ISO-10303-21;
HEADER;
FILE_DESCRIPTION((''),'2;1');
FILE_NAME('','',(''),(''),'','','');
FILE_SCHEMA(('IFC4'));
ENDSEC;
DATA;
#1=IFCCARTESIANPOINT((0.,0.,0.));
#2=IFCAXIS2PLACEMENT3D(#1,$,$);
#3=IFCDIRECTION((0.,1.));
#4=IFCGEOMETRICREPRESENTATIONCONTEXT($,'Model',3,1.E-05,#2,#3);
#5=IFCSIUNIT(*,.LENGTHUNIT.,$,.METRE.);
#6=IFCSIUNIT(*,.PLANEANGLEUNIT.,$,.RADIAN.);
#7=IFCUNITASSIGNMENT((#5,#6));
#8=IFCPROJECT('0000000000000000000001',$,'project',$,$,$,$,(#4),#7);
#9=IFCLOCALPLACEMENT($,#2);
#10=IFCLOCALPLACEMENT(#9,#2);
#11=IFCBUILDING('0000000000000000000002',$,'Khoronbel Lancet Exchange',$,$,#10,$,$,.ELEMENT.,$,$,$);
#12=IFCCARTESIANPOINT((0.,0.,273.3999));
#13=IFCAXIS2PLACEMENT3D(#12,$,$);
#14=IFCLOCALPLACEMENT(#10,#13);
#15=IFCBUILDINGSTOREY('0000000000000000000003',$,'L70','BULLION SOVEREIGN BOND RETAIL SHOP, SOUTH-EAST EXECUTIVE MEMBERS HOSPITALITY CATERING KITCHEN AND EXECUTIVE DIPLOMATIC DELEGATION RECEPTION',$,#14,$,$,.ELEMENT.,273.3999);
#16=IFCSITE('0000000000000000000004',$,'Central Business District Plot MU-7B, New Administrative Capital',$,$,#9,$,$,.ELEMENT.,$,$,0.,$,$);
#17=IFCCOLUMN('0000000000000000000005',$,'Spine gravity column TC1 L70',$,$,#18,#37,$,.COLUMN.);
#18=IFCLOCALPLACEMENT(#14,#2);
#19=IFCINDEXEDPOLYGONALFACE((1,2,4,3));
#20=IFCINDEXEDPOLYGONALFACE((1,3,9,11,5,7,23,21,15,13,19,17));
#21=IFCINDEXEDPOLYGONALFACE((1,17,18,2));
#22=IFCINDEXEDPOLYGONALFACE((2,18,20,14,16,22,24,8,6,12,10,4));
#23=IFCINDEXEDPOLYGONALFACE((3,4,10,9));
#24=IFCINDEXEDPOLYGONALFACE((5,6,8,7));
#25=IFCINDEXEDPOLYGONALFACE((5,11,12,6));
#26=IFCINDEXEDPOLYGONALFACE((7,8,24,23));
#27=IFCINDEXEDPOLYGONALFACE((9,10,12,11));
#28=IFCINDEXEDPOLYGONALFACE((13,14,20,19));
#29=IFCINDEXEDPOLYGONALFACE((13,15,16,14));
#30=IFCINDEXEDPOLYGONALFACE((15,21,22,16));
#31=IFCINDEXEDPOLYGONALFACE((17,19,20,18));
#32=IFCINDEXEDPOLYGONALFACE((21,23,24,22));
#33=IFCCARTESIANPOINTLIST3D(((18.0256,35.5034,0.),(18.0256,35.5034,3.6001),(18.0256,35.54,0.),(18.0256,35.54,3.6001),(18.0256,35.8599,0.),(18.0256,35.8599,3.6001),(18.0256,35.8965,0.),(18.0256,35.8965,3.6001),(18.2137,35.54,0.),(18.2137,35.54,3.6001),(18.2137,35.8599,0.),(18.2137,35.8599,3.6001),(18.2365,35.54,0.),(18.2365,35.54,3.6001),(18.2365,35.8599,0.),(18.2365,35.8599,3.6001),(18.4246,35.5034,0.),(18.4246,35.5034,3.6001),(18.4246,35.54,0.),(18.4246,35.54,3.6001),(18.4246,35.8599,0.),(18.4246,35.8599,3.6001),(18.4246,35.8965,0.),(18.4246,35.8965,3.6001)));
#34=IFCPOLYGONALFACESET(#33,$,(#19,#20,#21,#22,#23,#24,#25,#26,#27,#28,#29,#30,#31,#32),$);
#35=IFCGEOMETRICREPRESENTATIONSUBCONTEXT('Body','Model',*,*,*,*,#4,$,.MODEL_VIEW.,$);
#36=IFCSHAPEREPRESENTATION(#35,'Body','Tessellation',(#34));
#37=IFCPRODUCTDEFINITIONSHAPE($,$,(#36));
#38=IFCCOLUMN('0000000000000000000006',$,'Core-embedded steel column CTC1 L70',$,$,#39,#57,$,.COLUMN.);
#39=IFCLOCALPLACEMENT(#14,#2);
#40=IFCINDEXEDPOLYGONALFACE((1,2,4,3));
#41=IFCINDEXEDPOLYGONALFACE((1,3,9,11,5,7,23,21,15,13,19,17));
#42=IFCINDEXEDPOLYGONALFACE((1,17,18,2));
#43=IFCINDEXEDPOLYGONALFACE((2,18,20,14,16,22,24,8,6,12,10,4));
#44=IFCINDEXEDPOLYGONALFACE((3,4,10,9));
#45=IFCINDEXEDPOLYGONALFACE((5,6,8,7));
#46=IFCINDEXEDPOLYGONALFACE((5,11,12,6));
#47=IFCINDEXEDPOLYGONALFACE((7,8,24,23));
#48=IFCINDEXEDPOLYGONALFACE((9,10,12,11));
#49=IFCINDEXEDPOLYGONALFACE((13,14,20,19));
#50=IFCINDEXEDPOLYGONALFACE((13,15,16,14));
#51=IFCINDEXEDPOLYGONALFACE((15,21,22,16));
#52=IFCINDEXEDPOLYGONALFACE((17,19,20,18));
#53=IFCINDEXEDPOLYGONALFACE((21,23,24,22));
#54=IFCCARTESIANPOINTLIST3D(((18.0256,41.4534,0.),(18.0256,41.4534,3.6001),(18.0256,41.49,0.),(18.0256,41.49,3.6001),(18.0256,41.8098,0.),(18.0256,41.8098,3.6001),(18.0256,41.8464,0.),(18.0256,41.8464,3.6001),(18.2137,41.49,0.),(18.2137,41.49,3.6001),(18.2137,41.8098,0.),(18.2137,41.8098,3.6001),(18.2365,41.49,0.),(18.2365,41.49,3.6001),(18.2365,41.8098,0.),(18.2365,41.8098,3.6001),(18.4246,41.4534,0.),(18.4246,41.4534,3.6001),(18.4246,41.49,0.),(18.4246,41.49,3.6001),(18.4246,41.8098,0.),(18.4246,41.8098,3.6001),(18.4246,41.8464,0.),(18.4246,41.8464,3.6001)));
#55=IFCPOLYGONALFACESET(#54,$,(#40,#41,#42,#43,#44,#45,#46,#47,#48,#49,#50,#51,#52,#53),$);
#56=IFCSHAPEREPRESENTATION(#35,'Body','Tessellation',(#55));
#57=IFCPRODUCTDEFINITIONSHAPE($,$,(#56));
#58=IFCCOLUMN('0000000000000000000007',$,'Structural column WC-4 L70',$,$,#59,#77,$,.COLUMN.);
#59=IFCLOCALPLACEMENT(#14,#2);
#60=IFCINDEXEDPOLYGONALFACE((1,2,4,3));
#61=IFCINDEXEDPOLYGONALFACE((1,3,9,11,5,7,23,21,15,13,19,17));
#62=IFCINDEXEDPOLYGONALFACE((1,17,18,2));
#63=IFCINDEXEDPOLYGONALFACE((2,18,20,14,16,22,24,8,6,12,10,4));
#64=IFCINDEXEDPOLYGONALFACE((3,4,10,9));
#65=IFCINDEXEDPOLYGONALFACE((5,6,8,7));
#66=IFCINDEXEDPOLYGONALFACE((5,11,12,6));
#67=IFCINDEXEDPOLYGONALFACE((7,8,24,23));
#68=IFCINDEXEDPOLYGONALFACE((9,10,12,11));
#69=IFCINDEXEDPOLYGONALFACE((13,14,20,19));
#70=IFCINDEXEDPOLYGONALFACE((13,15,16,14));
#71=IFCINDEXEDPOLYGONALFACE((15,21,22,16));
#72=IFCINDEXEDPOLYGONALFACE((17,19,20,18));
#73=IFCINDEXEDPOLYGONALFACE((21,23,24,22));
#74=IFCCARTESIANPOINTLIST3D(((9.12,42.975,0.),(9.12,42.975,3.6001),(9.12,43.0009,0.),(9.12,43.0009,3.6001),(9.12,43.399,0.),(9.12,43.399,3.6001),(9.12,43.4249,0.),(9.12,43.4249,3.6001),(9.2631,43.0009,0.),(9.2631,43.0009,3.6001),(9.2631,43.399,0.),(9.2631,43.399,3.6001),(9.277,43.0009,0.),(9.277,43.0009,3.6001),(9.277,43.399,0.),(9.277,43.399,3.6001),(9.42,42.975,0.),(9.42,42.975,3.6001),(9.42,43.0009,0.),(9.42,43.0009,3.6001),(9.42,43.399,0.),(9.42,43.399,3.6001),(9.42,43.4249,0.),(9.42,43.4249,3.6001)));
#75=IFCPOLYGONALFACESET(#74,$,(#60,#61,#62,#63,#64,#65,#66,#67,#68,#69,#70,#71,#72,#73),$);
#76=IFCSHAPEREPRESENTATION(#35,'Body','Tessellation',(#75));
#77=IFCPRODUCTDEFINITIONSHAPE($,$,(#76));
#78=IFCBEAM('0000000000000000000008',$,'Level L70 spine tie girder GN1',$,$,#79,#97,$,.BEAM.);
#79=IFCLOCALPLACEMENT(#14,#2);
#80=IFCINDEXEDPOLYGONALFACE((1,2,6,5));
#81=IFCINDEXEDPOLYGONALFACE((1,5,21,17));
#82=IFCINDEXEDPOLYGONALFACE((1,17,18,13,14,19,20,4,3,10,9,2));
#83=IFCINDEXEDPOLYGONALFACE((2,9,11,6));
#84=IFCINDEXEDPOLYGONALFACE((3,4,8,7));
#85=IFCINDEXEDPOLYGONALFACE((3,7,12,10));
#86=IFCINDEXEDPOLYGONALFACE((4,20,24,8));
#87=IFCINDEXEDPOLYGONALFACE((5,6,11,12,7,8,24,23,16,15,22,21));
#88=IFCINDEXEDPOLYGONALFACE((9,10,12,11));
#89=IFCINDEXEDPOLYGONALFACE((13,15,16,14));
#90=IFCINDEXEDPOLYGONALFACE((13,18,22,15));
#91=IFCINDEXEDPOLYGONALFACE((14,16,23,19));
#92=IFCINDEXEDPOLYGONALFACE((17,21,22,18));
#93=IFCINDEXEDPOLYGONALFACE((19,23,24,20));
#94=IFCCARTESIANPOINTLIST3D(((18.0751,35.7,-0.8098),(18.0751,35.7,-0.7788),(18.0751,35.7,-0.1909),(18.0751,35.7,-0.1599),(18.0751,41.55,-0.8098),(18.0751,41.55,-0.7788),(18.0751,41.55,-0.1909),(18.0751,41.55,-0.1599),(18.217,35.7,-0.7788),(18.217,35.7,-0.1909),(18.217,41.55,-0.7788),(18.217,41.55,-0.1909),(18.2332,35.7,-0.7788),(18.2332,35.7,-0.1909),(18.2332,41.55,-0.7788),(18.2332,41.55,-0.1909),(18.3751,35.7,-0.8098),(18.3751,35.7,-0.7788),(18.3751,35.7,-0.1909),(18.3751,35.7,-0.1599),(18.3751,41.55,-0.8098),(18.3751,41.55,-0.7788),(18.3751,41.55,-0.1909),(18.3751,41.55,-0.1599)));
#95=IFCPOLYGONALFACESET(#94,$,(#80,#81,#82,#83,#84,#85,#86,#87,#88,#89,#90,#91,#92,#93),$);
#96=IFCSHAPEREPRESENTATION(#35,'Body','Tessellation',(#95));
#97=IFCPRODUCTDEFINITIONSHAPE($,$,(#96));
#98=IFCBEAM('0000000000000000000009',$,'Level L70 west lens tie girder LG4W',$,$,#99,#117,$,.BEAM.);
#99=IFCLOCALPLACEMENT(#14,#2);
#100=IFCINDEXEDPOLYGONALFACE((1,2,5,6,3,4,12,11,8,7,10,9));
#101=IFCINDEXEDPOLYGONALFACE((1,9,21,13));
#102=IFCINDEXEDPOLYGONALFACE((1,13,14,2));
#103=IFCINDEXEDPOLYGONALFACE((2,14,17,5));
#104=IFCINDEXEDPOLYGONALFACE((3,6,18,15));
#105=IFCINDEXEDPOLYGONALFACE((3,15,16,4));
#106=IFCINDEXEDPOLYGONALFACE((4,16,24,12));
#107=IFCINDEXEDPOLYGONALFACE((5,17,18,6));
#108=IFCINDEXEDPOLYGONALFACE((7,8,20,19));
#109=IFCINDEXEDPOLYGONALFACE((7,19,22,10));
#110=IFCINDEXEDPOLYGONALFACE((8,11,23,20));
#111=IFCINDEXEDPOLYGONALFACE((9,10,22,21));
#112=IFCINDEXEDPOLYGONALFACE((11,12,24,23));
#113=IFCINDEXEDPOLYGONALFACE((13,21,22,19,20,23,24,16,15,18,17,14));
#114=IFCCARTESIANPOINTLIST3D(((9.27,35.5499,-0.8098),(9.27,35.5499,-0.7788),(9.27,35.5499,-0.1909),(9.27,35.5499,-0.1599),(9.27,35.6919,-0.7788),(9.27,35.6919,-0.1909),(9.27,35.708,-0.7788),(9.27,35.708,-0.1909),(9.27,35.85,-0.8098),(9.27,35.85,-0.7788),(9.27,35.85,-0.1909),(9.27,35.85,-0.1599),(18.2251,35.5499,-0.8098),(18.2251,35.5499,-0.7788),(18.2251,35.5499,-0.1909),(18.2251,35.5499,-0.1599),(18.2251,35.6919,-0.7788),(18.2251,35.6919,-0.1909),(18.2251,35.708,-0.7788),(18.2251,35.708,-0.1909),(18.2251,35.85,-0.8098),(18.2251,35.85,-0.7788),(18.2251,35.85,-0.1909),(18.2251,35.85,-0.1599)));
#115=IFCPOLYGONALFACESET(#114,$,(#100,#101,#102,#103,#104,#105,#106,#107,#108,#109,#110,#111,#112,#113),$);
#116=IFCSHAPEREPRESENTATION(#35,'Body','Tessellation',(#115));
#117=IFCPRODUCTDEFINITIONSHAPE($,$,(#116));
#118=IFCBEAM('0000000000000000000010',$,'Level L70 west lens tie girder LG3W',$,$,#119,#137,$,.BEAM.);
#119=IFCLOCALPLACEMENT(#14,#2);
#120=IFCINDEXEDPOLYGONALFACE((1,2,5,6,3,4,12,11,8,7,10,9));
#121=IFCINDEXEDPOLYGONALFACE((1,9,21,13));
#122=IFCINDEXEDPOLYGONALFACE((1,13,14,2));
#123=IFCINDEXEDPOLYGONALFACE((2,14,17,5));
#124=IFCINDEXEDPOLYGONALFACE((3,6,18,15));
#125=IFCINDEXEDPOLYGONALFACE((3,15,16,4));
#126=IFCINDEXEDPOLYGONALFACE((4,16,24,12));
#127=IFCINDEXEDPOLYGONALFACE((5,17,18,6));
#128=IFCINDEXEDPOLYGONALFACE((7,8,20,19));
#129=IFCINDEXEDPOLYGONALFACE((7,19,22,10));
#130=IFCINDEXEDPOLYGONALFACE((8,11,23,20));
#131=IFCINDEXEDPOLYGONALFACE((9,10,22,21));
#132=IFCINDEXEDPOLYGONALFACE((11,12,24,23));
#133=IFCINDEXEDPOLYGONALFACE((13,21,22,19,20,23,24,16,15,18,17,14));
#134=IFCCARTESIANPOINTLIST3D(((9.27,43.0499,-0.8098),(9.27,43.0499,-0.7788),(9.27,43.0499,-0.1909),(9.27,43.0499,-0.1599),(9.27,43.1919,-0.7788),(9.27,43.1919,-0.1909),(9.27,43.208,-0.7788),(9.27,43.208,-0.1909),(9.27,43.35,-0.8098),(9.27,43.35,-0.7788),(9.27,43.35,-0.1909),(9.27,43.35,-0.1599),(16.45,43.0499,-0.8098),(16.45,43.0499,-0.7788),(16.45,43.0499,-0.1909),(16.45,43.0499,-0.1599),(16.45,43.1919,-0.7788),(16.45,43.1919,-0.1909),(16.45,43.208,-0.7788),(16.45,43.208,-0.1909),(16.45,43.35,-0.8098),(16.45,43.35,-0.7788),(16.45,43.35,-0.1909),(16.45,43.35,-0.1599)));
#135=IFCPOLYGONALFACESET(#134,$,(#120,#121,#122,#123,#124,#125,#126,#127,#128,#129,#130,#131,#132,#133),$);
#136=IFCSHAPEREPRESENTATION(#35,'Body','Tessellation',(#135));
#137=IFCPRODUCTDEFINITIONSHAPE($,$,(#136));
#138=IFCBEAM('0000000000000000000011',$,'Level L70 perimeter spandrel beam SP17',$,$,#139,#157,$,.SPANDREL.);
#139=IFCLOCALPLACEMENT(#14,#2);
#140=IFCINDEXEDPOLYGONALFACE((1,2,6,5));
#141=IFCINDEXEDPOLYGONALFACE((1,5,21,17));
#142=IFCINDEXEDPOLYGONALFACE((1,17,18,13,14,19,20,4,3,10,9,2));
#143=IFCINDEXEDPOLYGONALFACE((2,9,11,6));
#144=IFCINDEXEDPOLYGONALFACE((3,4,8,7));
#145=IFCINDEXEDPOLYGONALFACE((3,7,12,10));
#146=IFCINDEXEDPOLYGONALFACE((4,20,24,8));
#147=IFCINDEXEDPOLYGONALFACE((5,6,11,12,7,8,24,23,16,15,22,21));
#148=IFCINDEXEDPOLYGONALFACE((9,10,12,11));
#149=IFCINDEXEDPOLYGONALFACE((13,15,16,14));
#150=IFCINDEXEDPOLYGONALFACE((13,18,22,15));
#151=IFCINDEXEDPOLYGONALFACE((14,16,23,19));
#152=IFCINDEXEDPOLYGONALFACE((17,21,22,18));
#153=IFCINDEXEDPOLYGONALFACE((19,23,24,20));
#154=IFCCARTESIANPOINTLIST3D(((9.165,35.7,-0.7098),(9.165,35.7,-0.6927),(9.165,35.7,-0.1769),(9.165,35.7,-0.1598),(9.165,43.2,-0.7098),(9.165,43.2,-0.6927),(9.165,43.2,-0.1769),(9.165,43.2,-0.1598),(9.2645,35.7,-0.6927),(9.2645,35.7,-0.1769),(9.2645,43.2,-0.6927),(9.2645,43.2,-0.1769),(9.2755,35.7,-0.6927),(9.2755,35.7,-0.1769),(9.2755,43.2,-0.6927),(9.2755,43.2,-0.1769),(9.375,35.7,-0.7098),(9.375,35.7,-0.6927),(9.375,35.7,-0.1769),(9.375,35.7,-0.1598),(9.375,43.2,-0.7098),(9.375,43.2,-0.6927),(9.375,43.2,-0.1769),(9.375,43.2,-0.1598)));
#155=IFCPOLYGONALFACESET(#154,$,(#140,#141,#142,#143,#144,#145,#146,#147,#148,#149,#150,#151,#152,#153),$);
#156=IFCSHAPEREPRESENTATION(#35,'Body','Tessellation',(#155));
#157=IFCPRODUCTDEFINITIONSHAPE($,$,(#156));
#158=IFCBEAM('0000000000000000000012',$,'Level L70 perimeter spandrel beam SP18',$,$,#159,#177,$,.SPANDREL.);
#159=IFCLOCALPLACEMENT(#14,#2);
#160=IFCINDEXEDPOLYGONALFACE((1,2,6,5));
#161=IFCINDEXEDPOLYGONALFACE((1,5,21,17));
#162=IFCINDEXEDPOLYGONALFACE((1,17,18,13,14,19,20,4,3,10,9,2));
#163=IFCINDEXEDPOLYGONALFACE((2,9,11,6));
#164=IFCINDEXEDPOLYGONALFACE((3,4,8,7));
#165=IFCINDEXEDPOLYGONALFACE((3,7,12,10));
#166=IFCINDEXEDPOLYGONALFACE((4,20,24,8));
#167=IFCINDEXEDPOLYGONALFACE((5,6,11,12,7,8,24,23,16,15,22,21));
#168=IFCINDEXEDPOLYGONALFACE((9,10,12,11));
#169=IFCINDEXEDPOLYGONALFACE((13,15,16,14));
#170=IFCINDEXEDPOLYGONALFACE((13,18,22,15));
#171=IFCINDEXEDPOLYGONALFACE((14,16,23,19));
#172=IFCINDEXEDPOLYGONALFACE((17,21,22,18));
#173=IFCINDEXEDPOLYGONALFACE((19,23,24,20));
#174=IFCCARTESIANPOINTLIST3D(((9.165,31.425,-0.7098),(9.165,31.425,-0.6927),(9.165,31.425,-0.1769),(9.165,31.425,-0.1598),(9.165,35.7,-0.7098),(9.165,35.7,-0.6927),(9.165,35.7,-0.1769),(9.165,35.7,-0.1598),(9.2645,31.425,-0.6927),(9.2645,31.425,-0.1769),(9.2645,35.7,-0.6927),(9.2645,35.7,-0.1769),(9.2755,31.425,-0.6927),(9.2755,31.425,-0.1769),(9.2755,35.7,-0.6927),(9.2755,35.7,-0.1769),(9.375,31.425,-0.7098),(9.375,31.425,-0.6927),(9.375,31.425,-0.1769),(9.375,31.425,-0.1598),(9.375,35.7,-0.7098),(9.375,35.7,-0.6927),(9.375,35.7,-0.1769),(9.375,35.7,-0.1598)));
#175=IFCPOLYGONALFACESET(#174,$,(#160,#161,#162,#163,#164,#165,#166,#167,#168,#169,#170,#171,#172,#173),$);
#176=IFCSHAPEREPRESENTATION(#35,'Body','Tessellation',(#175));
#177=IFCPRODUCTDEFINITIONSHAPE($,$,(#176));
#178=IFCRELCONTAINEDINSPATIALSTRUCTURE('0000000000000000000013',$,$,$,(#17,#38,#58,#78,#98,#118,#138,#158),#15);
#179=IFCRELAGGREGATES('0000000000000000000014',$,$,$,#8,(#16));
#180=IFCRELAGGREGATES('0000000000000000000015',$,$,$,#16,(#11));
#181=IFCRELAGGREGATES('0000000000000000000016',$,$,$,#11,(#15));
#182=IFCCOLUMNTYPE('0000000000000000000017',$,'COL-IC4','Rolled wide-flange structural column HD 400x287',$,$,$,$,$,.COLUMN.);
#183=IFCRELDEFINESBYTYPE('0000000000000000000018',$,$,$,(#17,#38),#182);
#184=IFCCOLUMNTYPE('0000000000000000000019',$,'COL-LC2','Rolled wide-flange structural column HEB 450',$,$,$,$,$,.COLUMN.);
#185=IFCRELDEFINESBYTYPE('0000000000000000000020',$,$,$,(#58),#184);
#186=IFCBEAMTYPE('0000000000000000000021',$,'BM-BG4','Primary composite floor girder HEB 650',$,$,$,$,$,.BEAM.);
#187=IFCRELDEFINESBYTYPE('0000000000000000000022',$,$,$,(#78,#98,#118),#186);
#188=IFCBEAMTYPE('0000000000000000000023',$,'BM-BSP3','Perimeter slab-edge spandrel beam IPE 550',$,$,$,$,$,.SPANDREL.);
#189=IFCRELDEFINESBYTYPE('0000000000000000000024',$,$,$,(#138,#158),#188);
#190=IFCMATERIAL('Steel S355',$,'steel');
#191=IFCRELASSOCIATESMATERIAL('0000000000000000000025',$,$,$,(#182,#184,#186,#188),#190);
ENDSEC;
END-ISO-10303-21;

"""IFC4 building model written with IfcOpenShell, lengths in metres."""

from ifc_helpers import new_model, si_unit, direction, frame, origin, origin_2d, place, context, subcontext, project, spatial, i_section, extrude, material, material_profile, profile_set, type_object, element, save


model = new_model("IFC4")

# Units and contexts
model_context = context("Model", 3, precision=1e-05, world=origin(), true_north=direction((0.0, 1.0)))
body_context = subcontext(model_context, "Body", "Model", "MODEL_VIEW")
ifc_project = project(units=[si_unit("LENGTHUNIT", "METRE"), si_unit("PLANEANGLEUNIT", "RADIAN")], contexts=[model_context])

# Site, building, storey
site_placement = place(None, origin())
site = spatial("IfcSite", under=ifc_project, at=site_placement, Name="Central Business District Plot MU-7B, New Administrative Capital", CompositionType="ELEMENT", RefElevation=0.0)
building_placement = place(site_placement, origin())
building = spatial("IfcBuilding", under=site, at=building_placement, Name="Khoronbel Lancet Exchange", CompositionType="ELEMENT")
storey_placement = place(building_placement, frame((0.0, 0.0, 273.3999)))
storey = spatial("IfcBuildingStorey", under=building, at=storey_placement, Name="L70", Description="BULLION SOVEREIGN BOND RETAIL SHOP, SOUTH-EAST EXECUTIVE MEMBERS HOSPITALITY CATERING KITCHEN AND EXECUTIVE DIPLOMATIC DELEGATION RECEPTION", CompositionType="ELEMENT", Elevation=273.3999)

# Columns
ifc_material_1 = material(Name="Steel S355", Category="steel")
ifc_material_profile_1 = material_profile(ifc_material_1, i_section(OverallWidth=0.3989, OverallDepth=0.3931, WebThickness=0.0227, FlangeThickness=0.0366, at=origin_2d()), Name="HD 400x287")
ifc_profile_set_1 = profile_set([ifc_material_profile_1], Name="Steel S355")
column_type_1 = type_object("IfcColumnType", Name="COL-IC4", Description="Rolled wide-flange structural column HD 400x287", PredefinedType="COLUMN", material=ifc_profile_set_1)
for number, where, z_axis, x_axis, name in (
    (1, (18.2251, 35.7, 0.0), (0.0, 0.0, 1.0), (1.0, 0.0, 0.0), "Spine gravity column TC1 L70"),
    (2, (18.2251, 41.6499, 0.0), (0.0, 0.0, 1.0), (1.0, 0.0, 0.0), "Core-embedded steel column CTC1 L70"),
):
    element("IfcColumn", number, at=place(storey_placement, frame(where, z_axis=z_axis, x_axis=x_axis)), inside=storey, type_object=column_type_1, Name=name, PredefinedType="COLUMN", context=body_context, shape_type="SweptSolid", body=[
        extrude(i_section(OverallWidth=0.3989, OverallDepth=0.3931, WebThickness=0.0227, FlangeThickness=0.0366, at=origin_2d()), origin(), (0.0, 0.0, 1.0), 3.6001),
    ])
ifc_material_profile_2 = material_profile(ifc_material_1, i_section(OverallWidth=0.3, OverallDepth=0.45, WebThickness=0.0139, FlangeThickness=0.0259, at=origin_2d()), Name="HEB 450")
ifc_profile_set_2 = profile_set([ifc_material_profile_2], Name="Steel S355")
column_type_2 = type_object("IfcColumnType", Name="COL-LC2", Description="Rolled wide-flange structural column HEB 450", PredefinedType="COLUMN", material=ifc_profile_set_2)
column_placement = place(storey_placement, frame((9.27, 43.2, 0.0), z_axis=(0.0, 0.0, 1.0), x_axis=(1.0, 0.0, 0.0)))
element("IfcColumn", 3, at=column_placement, inside=storey, type_object=column_type_2, Name="Structural column WC-4 L70", PredefinedType="COLUMN", context=body_context, shape_type="SweptSolid", body=[
    extrude(i_section(OverallWidth=0.3, OverallDepth=0.45, WebThickness=0.0139, FlangeThickness=0.0259, at=origin_2d()), origin(), (0.0, 0.0, 1.0), 3.6001),
])

# Beams
ifc_material_profile_3 = material_profile(ifc_material_1, i_section(OverallWidth=0.3, OverallDepth=0.6499, WebThickness=0.0161, FlangeThickness=0.031, at=origin_2d()), Name="HEB 650")
ifc_profile_set_3 = profile_set([ifc_material_profile_3], Name="Steel S355")
beam_type_1 = type_object("IfcBeamType", Name="BM-BG4", Description="Primary composite floor girder HEB 650", PredefinedType="BEAM", material=ifc_profile_set_3)
beam_1_placement = place(storey_placement, frame((18.2251, 35.7, -0.4849), z_axis=(0.0, 1.0, 0.0), x_axis=(-1.0, 0.0, 0.0)))
element("IfcBeam", 4, at=beam_1_placement, inside=storey, type_object=beam_type_1, Name="Level L70 spine tie girder GN1", PredefinedType="BEAM", context=body_context, shape_type="SweptSolid", body=[
    extrude(i_section(OverallWidth=0.3, OverallDepth=0.6499, WebThickness=0.0161, FlangeThickness=0.031, at=origin_2d()), origin(), (0.0, 0.0, 1.0), 5.8501),
])
beam_2_placement = place(storey_placement, frame((9.27, 35.7, -0.4849), z_axis=(1.0, 0.0, 0.0), x_axis=(0.0, 1.0, 0.0)))
element("IfcBeam", 5, at=beam_2_placement, inside=storey, type_object=beam_type_1, Name="Level L70 west lens tie girder LG4W", PredefinedType="BEAM", context=body_context, shape_type="SweptSolid", body=[
    extrude(i_section(OverallWidth=0.3, OverallDepth=0.6499, WebThickness=0.0161, FlangeThickness=0.031, at=origin_2d()), origin(), (0.0, 0.0, 1.0), 8.9551),
])
beam_3_placement = place(storey_placement, frame((9.27, 43.2, -0.4849), z_axis=(1.0, 0.0, 0.0), x_axis=(0.0, 1.0, 0.0)))
element("IfcBeam", 6, at=beam_3_placement, inside=storey, type_object=beam_type_1, Name="Level L70 west lens tie girder LG3W", PredefinedType="BEAM", context=body_context, shape_type="SweptSolid", body=[
    extrude(i_section(OverallWidth=0.3, OverallDepth=0.6499, WebThickness=0.0161, FlangeThickness=0.031, at=origin_2d()), origin(), (0.0, 0.0, 1.0), 7.1799),
])
ifc_material_profile_4 = material_profile(ifc_material_1, i_section(OverallWidth=0.21, OverallDepth=0.55, WebThickness=0.011, FlangeThickness=0.0171, at=origin_2d()), Name="IPE 550")
ifc_profile_set_4 = profile_set([ifc_material_profile_4], Name="Steel S355")
beam_type_2 = type_object("IfcBeamType", Name="BM-BSP3", Description="Perimeter slab-edge spandrel beam IPE 550", PredefinedType="SPANDREL", material=ifc_profile_set_4)
beam_4_placement = place(storey_placement, frame((9.27, 43.2, -0.4348), z_axis=(0.0, -1.0, 0.0), x_axis=(1.0, 0.0, 0.0)))
element("IfcBeam", 7, at=beam_4_placement, inside=storey, type_object=beam_type_2, Name="Level L70 perimeter spandrel beam SP17", PredefinedType="SPANDREL", context=body_context, shape_type="SweptSolid", body=[
    extrude(i_section(OverallWidth=0.21, OverallDepth=0.55, WebThickness=0.011, FlangeThickness=0.0171, at=origin_2d()), origin(), (0.0, 0.0, 1.0), 7.5),
])
beam_5_placement = place(storey_placement, frame((9.27, 35.7, -0.4348), z_axis=(0.0, -1.0, 0.0), x_axis=(1.0, 0.0, 0.0)))
element("IfcBeam", 8, at=beam_5_placement, inside=storey, type_object=beam_type_2, Name="Level L70 perimeter spandrel beam SP18", PredefinedType="SPANDREL", context=body_context, shape_type="SweptSolid", body=[
    extrude(i_section(OverallWidth=0.21, OverallDepth=0.55, WebThickness=0.011, FlangeThickness=0.0171, at=origin_2d()), origin(), (0.0, 0.0, 1.0), 4.2749),
])

save(model, "model.ifc")
